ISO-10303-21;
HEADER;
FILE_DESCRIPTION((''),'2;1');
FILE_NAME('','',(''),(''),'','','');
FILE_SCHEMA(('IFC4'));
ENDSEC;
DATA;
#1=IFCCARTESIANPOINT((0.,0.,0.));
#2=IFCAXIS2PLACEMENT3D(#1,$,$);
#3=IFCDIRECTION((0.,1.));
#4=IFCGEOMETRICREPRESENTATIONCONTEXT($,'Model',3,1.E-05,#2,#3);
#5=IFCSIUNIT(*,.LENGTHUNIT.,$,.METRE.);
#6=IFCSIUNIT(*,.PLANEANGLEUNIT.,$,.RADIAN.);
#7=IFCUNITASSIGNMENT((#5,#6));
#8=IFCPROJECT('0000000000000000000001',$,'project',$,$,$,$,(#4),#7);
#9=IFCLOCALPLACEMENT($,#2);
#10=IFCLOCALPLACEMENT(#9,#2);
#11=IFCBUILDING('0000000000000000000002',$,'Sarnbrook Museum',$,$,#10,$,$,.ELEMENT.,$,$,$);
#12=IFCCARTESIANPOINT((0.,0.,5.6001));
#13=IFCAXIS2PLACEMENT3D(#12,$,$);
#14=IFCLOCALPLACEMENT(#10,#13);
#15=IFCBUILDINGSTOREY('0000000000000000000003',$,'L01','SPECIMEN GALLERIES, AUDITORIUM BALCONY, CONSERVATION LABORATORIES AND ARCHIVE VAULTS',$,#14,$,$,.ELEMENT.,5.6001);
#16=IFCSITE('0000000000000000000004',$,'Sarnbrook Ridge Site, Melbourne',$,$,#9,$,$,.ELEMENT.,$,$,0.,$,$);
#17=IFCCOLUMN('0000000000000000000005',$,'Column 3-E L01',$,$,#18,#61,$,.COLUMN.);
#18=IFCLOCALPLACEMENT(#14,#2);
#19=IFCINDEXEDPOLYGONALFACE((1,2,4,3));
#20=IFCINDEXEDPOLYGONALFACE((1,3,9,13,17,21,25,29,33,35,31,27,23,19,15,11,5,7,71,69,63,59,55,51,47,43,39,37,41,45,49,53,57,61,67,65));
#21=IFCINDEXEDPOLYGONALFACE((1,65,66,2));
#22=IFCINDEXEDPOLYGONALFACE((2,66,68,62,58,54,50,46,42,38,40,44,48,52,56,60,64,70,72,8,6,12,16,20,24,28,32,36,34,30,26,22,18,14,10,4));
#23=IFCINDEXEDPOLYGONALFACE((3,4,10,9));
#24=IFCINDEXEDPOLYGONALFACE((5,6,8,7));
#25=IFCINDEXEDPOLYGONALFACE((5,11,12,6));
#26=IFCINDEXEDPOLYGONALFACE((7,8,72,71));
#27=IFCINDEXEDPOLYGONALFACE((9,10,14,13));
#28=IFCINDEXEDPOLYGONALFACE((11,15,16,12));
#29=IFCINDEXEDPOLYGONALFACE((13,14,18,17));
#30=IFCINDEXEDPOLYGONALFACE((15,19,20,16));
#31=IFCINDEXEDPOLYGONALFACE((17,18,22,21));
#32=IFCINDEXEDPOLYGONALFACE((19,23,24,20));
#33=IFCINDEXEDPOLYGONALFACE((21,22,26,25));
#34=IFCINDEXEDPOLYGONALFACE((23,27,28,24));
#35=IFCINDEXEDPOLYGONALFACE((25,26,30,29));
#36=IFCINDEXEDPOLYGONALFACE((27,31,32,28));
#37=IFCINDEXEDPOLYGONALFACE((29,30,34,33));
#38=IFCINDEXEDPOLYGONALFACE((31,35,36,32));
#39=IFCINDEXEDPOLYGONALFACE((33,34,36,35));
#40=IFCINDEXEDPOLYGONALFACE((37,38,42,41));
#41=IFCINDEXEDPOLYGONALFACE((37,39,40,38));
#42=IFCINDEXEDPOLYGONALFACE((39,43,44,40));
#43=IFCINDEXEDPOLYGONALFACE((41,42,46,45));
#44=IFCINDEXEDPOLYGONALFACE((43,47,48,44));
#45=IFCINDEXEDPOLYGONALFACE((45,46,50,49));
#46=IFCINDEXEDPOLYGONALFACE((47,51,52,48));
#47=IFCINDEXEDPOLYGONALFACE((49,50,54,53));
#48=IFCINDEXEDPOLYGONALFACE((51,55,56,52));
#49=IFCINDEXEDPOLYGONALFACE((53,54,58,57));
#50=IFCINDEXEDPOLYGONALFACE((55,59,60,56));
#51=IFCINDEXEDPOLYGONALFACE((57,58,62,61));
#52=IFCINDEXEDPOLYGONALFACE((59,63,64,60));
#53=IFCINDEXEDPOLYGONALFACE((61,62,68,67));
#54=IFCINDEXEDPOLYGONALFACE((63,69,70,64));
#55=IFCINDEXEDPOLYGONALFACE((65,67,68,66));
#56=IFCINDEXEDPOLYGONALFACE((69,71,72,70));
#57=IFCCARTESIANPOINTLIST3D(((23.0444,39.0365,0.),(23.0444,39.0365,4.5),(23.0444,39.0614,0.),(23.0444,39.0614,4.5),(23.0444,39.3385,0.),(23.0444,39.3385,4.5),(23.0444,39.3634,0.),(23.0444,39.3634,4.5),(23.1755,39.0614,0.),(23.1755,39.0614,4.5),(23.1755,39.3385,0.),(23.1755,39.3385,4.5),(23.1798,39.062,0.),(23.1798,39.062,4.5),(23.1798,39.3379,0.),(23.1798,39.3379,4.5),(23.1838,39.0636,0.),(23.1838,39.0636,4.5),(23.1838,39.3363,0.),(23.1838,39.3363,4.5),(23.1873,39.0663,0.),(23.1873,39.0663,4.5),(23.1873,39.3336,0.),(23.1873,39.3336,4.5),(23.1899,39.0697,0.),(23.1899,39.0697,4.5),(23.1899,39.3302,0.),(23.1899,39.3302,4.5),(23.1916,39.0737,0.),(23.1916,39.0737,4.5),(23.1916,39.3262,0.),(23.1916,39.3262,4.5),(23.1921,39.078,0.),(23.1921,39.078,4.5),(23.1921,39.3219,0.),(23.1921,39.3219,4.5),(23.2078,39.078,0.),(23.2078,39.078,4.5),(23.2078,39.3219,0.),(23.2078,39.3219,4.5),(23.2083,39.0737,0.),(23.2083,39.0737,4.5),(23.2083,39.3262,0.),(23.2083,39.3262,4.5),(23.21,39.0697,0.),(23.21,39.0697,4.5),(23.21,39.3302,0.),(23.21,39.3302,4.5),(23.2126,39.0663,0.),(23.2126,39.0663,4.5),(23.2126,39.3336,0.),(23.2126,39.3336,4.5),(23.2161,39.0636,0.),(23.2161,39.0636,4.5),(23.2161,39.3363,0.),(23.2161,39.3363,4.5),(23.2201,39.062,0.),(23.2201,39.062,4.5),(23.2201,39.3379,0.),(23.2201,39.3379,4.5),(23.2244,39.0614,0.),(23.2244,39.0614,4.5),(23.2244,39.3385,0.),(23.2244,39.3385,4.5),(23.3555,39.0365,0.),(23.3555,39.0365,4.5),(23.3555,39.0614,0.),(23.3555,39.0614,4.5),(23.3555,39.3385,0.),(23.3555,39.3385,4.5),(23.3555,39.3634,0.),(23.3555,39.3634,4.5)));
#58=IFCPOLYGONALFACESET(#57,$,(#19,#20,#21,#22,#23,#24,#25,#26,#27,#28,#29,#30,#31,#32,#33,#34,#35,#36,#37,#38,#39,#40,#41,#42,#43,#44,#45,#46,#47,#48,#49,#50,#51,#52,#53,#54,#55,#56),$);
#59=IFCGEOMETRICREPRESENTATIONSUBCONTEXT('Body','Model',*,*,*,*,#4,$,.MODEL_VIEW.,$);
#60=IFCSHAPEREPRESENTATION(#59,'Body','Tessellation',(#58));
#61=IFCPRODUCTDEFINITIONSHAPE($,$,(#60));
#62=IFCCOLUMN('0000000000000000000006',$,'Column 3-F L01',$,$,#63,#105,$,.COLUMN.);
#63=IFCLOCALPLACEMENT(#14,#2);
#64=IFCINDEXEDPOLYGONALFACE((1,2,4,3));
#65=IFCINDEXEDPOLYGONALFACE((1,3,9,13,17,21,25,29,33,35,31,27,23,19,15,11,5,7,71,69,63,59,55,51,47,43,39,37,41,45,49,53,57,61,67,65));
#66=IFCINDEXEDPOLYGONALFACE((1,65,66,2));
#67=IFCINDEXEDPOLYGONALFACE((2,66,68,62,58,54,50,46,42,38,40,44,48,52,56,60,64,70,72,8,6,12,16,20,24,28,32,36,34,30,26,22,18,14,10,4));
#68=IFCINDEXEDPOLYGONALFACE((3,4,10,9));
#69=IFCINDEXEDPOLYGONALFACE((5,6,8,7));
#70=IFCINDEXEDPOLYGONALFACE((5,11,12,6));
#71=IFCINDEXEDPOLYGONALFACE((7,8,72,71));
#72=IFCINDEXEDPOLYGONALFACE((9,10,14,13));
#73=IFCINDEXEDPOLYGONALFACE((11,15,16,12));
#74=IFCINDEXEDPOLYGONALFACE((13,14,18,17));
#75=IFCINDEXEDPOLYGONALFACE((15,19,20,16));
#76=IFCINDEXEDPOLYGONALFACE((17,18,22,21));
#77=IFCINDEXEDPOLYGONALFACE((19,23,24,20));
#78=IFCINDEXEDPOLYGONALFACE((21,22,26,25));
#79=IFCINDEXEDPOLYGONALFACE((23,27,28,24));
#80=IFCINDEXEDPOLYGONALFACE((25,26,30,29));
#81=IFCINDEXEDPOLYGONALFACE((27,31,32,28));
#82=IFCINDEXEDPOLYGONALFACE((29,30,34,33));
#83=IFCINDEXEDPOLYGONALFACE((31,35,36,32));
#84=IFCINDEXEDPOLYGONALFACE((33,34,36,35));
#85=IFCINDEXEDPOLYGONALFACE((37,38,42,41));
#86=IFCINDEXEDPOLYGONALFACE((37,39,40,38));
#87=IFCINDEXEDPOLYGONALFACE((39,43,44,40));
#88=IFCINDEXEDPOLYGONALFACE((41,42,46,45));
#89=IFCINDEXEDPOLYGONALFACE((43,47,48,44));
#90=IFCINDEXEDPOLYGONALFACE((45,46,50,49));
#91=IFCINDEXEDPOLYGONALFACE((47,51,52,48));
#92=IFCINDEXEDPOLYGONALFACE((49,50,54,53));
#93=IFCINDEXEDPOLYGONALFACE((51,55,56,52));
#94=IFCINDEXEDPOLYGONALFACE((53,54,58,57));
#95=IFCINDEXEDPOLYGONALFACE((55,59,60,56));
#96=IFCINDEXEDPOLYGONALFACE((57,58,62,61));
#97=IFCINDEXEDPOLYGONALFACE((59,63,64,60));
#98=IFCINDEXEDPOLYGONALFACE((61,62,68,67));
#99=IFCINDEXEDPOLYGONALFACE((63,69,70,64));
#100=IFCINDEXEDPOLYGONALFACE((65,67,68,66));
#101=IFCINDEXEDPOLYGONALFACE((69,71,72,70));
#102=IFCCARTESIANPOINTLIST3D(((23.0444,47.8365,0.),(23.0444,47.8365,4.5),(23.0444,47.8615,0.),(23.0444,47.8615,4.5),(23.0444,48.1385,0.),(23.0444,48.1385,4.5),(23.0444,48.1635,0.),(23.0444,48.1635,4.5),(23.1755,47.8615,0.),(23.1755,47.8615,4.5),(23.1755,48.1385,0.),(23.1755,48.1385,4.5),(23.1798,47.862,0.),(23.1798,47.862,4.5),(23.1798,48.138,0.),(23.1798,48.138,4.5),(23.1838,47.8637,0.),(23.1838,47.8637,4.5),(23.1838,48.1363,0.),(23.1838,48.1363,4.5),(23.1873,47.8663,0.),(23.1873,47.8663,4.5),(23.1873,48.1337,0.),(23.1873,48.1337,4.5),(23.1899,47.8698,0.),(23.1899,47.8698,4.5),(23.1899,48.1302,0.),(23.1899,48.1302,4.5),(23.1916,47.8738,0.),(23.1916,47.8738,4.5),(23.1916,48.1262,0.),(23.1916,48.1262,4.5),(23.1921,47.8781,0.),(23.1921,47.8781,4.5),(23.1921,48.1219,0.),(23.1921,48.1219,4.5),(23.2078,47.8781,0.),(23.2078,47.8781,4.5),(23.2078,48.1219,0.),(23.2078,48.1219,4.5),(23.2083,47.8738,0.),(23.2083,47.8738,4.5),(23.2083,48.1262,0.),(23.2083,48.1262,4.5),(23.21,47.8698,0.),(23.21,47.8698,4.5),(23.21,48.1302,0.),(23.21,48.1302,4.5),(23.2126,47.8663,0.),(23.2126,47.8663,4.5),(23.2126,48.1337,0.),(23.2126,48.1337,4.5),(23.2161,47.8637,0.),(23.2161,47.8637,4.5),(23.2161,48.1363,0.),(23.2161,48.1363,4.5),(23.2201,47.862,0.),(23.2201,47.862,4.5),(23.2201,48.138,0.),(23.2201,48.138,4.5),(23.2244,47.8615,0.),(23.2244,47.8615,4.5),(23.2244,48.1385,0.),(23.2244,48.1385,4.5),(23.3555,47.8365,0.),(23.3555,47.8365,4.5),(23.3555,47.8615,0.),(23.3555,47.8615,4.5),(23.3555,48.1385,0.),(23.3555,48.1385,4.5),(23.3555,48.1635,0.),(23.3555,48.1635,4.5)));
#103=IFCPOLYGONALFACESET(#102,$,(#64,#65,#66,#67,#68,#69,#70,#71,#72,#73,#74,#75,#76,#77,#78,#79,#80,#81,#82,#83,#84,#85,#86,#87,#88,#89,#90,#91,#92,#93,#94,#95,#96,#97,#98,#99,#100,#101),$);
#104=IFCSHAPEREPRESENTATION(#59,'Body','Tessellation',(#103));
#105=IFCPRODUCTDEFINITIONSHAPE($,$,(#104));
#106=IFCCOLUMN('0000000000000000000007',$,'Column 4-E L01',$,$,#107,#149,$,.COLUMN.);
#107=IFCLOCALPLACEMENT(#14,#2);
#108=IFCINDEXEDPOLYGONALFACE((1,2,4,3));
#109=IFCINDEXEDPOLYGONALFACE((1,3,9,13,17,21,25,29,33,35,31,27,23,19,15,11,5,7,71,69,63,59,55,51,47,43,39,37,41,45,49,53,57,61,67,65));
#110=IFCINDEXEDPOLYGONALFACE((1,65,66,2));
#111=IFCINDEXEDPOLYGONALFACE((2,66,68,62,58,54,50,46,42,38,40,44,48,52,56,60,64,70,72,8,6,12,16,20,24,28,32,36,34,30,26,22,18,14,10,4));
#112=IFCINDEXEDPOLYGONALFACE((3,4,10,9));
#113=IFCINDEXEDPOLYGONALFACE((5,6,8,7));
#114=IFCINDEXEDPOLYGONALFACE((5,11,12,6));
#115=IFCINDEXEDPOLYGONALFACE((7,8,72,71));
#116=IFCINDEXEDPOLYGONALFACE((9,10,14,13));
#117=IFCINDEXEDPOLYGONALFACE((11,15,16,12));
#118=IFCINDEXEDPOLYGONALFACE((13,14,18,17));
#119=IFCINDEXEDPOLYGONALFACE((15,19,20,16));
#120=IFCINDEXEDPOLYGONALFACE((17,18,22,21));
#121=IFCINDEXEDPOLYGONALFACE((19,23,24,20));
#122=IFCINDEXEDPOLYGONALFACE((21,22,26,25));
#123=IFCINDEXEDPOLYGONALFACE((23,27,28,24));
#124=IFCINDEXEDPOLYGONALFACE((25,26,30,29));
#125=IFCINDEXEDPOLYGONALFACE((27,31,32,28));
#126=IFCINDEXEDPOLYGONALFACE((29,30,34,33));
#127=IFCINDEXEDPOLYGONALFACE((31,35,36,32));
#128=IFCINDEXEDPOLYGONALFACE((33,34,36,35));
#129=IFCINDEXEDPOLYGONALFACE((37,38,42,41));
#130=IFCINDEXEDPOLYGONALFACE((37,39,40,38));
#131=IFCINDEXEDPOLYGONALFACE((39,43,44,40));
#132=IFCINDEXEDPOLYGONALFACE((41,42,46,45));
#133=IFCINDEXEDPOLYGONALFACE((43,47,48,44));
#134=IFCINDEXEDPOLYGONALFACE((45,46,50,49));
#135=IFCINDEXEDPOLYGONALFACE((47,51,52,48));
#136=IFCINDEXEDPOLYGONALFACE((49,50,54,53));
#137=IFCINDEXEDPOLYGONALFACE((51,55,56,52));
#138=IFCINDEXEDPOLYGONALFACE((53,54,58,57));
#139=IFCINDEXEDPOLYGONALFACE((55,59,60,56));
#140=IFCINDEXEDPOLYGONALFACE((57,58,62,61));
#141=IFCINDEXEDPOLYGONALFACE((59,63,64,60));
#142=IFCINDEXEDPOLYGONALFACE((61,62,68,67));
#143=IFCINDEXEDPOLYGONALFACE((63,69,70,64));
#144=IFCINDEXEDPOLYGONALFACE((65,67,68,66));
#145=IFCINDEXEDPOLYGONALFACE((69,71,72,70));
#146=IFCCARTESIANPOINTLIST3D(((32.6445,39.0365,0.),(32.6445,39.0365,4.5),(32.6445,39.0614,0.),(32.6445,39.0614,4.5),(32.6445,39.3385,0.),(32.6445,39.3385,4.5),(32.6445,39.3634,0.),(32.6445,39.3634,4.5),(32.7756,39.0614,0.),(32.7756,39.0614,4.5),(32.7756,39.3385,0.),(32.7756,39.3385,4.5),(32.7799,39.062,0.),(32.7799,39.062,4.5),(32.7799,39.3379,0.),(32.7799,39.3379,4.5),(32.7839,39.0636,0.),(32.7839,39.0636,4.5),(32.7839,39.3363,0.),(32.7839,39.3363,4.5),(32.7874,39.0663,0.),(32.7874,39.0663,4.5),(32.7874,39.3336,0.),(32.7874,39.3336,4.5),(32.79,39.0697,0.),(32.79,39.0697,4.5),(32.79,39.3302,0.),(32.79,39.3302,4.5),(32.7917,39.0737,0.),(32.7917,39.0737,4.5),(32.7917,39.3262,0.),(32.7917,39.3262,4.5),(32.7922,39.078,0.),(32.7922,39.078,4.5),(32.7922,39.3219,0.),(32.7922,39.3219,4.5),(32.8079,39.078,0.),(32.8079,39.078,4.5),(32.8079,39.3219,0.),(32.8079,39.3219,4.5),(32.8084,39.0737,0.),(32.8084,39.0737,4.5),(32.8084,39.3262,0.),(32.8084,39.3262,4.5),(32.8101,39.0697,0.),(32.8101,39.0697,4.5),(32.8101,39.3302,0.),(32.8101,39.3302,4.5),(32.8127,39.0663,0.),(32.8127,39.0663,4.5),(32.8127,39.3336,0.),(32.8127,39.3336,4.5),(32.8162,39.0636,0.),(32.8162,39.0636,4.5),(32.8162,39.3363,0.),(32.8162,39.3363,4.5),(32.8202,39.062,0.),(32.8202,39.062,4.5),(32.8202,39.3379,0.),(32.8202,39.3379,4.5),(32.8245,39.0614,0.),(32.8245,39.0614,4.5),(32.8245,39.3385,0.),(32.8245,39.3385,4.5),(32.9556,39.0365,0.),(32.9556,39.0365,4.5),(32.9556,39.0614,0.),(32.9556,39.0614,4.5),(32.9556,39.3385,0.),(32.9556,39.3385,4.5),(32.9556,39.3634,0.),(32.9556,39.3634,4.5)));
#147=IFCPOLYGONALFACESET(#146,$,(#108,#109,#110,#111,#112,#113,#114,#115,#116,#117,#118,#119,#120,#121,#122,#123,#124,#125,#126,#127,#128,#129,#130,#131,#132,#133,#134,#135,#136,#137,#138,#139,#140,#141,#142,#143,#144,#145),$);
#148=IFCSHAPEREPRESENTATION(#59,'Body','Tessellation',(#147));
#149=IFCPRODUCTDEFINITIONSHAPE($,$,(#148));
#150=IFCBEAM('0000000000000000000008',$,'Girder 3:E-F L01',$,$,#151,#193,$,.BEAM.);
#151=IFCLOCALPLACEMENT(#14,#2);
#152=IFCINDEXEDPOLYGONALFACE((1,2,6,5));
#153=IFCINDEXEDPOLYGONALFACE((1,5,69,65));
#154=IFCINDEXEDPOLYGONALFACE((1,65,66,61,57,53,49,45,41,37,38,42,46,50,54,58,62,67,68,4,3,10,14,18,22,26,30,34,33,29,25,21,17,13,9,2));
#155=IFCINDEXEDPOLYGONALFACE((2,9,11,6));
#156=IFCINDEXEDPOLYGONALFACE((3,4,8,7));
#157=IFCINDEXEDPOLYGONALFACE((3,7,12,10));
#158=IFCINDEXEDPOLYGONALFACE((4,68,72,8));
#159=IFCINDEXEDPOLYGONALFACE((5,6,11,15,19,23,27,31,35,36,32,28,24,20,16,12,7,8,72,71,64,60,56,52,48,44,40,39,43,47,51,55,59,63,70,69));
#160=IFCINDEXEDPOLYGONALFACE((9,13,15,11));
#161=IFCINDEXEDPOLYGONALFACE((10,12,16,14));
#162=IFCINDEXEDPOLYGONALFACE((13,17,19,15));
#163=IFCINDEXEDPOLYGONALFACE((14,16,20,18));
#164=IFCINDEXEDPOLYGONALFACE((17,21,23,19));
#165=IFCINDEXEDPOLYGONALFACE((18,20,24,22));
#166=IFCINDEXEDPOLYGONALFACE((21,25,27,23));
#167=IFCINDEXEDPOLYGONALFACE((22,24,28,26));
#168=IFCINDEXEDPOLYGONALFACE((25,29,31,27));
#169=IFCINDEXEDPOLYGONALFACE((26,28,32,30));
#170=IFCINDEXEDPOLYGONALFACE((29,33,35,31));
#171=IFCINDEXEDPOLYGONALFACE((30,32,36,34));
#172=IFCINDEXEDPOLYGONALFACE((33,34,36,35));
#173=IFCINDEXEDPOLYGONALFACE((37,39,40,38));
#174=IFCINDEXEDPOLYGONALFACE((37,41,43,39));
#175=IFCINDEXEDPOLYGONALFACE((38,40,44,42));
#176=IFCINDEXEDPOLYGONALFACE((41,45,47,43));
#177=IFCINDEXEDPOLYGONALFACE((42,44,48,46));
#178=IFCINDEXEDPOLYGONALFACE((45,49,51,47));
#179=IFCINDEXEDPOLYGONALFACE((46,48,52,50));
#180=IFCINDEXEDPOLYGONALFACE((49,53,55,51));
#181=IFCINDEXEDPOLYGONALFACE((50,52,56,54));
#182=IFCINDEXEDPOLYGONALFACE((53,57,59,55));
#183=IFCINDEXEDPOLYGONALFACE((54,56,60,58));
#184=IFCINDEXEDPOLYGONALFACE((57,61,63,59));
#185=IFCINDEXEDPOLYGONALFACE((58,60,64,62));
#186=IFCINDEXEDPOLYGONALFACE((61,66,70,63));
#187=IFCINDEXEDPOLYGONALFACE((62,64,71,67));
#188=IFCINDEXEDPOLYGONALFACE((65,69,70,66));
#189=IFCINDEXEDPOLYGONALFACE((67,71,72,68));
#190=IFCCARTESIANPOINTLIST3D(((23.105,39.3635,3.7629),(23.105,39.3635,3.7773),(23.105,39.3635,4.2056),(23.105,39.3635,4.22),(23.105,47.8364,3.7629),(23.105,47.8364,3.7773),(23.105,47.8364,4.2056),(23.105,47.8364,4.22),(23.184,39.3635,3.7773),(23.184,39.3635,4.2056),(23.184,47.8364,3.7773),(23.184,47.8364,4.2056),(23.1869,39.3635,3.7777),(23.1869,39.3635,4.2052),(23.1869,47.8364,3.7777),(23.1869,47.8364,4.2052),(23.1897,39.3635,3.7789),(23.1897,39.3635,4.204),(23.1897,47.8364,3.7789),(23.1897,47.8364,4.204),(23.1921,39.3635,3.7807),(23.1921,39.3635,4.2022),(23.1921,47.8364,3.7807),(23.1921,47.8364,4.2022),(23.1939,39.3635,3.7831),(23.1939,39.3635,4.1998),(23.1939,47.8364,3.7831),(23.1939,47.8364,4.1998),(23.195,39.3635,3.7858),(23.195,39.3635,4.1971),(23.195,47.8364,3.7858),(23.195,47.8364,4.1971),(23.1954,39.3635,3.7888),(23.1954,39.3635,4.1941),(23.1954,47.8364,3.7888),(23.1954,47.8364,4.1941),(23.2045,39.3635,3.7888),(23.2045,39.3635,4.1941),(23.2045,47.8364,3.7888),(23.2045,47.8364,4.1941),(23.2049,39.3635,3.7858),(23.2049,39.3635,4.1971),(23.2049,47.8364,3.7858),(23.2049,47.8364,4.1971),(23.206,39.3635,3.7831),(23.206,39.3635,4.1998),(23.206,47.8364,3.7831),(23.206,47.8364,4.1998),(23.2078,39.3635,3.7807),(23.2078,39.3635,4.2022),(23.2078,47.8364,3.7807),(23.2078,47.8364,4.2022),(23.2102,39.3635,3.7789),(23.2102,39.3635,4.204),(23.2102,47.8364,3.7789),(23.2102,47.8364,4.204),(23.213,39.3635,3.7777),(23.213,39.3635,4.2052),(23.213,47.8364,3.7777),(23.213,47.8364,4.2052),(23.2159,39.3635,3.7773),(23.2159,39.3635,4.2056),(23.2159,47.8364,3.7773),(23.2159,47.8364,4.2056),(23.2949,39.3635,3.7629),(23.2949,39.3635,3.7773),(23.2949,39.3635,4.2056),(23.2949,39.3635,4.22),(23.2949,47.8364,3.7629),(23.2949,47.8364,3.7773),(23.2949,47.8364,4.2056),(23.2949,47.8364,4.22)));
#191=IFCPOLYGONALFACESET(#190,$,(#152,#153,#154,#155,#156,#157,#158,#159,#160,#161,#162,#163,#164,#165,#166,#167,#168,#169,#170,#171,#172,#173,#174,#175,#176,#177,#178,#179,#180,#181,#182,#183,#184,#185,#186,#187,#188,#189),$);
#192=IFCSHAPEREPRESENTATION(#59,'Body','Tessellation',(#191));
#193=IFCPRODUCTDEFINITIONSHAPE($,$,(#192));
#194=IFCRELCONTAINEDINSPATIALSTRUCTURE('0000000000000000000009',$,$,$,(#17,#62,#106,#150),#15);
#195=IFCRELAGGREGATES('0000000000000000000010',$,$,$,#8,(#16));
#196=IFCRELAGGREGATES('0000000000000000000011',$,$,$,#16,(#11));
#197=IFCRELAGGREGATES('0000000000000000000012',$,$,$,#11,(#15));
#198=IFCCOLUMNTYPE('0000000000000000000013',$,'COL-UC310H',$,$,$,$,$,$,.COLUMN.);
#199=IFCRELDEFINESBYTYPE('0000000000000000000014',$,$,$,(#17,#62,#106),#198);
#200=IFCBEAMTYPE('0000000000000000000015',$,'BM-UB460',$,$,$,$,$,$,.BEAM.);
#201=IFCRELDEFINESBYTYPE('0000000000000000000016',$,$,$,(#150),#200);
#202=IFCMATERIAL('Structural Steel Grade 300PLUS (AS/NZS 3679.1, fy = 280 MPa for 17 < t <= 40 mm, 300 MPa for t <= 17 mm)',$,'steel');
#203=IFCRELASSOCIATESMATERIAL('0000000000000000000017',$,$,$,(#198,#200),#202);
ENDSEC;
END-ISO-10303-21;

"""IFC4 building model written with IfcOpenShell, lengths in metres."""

from ifc_helpers import new_model, si_unit, direction, frame, origin, origin_2d, place, context, subcontext, project, spatial, i_section, extrude, material, material_profile, profile_set, type_object, element, save


model = new_model("IFC4")

# Units and contexts
model_context = context("Model", 3, precision=1e-05, world=origin(), true_north=direction((0.0, 1.0)))
body_context = subcontext(model_context, "Body", "Model", "MODEL_VIEW")
ifc_project = project(units=[si_unit("LENGTHUNIT", "METRE"), si_unit("PLANEANGLEUNIT", "RADIAN")], contexts=[model_context])

# Site, building, storey
site_placement = place(None, origin())
site = spatial("IfcSite", under=ifc_project, at=site_placement, Name="Sarnbrook Ridge Site, Melbourne", CompositionType="ELEMENT", RefElevation=0.0)
building_placement = place(site_placement, origin())
building = spatial("IfcBuilding", under=site, at=building_placement, Name="Sarnbrook Museum", CompositionType="ELEMENT")
storey_placement = place(building_placement, frame((0.0, 0.0, 5.6001)))
storey = spatial("IfcBuildingStorey", under=building, at=storey_placement, Name="L01", Description="SPECIMEN GALLERIES, AUDITORIUM BALCONY, CONSERVATION LABORATORIES AND ARCHIVE VAULTS", CompositionType="ELEMENT", Elevation=5.6001)

# Columns
ifc_material_1 = material(Name="Structural Steel Grade 300PLUS (AS/NZS 3679.1, fy = 280 MPa for 17 < t <= 40 mm, 300 MPa for t <= 17 mm)", Category="steel")
ifc_material_profile_1 = material_profile(ifc_material_1, i_section(OverallWidth=0.311, OverallDepth=0.3269, WebThickness=0.0156, FlangeThickness=0.0249, FilletRadius=0.0166, at=origin_2d()), Name="310UC158")
ifc_profile_set_1 = profile_set([ifc_material_profile_1], Name="Structural Steel Grade 300PLUS (AS/NZS 3679.1, fy = 280 MPa for 17 < t <= 40 mm, 300 MPa for t <= 17 mm)")
column_type = type_object("IfcColumnType", Name="COL-UC310H", PredefinedType="COLUMN", material=ifc_profile_set_1)
for number, where, z_axis, x_axis, name in (
    (1, (23.2, 39.2, 0.0), (0.0, 0.0, 1.0), (1.0, 0.0, 0.0), "Column 3-E L01"),
    (2, (23.2, 48.0, 0.0), (0.0, 0.0, 1.0), (1.0, 0.0, 0.0), "Column 3-F L01"),
    (3, (32.8, 39.2, 0.0), (0.0, 0.0, 1.0), (1.0, 0.0, 0.0), "Column 4-E L01"),
):
    element("IfcColumn", number, at=place(storey_placement, frame(where, z_axis=z_axis, x_axis=x_axis)), inside=storey, type_object=column_type, Name=name, PredefinedType="COLUMN", context=body_context, shape_type="SweptSolid", body=[
        extrude(i_section(OverallWidth=0.311, OverallDepth=0.3269, WebThickness=0.0156, FlangeThickness=0.0249, FilletRadius=0.0166, at=origin_2d()), origin(), (0.0, 0.0, 1.0), 4.5),
    ])

# Beam
ifc_material_profile_2 = material_profile(ifc_material_1, i_section(OverallWidth=0.1899, OverallDepth=0.457, WebThickness=0.009, FlangeThickness=0.0144, FilletRadius=0.0115, at=origin_2d()), Name="460UB74.6")
ifc_profile_set_2 = profile_set([ifc_material_profile_2], Name="Structural Steel Grade 300PLUS (AS/NZS 3679.1, fy = 280 MPa for 17 < t <= 40 mm, 300 MPa for t <= 17 mm)")
beam_type_1 = type_object("IfcBeamType", Name="BM-UB460", PredefinedType="BEAM", material=ifc_profile_set_2)
beam_1_placement = place(storey_placement, frame((23.2, 39.3635, 3.9915), z_axis=(0.0, 1.0, 0.0), x_axis=(-1.0, 0.0, 0.0)))
element("IfcBeam", 4, at=beam_1_placement, inside=storey, type_object=beam_type_1, Name="Girder 3:E-F L01", PredefinedType="BEAM", context=body_context, shape_type="SweptSolid", body=[
    extrude(i_section(OverallWidth=0.1899, OverallDepth=0.457, WebThickness=0.009, FlangeThickness=0.0144, FilletRadius=0.0115, at=origin_2d()), origin(), (0.0, 0.0, 1.0), 8.4729),
])

save(model, "model.ifc")
